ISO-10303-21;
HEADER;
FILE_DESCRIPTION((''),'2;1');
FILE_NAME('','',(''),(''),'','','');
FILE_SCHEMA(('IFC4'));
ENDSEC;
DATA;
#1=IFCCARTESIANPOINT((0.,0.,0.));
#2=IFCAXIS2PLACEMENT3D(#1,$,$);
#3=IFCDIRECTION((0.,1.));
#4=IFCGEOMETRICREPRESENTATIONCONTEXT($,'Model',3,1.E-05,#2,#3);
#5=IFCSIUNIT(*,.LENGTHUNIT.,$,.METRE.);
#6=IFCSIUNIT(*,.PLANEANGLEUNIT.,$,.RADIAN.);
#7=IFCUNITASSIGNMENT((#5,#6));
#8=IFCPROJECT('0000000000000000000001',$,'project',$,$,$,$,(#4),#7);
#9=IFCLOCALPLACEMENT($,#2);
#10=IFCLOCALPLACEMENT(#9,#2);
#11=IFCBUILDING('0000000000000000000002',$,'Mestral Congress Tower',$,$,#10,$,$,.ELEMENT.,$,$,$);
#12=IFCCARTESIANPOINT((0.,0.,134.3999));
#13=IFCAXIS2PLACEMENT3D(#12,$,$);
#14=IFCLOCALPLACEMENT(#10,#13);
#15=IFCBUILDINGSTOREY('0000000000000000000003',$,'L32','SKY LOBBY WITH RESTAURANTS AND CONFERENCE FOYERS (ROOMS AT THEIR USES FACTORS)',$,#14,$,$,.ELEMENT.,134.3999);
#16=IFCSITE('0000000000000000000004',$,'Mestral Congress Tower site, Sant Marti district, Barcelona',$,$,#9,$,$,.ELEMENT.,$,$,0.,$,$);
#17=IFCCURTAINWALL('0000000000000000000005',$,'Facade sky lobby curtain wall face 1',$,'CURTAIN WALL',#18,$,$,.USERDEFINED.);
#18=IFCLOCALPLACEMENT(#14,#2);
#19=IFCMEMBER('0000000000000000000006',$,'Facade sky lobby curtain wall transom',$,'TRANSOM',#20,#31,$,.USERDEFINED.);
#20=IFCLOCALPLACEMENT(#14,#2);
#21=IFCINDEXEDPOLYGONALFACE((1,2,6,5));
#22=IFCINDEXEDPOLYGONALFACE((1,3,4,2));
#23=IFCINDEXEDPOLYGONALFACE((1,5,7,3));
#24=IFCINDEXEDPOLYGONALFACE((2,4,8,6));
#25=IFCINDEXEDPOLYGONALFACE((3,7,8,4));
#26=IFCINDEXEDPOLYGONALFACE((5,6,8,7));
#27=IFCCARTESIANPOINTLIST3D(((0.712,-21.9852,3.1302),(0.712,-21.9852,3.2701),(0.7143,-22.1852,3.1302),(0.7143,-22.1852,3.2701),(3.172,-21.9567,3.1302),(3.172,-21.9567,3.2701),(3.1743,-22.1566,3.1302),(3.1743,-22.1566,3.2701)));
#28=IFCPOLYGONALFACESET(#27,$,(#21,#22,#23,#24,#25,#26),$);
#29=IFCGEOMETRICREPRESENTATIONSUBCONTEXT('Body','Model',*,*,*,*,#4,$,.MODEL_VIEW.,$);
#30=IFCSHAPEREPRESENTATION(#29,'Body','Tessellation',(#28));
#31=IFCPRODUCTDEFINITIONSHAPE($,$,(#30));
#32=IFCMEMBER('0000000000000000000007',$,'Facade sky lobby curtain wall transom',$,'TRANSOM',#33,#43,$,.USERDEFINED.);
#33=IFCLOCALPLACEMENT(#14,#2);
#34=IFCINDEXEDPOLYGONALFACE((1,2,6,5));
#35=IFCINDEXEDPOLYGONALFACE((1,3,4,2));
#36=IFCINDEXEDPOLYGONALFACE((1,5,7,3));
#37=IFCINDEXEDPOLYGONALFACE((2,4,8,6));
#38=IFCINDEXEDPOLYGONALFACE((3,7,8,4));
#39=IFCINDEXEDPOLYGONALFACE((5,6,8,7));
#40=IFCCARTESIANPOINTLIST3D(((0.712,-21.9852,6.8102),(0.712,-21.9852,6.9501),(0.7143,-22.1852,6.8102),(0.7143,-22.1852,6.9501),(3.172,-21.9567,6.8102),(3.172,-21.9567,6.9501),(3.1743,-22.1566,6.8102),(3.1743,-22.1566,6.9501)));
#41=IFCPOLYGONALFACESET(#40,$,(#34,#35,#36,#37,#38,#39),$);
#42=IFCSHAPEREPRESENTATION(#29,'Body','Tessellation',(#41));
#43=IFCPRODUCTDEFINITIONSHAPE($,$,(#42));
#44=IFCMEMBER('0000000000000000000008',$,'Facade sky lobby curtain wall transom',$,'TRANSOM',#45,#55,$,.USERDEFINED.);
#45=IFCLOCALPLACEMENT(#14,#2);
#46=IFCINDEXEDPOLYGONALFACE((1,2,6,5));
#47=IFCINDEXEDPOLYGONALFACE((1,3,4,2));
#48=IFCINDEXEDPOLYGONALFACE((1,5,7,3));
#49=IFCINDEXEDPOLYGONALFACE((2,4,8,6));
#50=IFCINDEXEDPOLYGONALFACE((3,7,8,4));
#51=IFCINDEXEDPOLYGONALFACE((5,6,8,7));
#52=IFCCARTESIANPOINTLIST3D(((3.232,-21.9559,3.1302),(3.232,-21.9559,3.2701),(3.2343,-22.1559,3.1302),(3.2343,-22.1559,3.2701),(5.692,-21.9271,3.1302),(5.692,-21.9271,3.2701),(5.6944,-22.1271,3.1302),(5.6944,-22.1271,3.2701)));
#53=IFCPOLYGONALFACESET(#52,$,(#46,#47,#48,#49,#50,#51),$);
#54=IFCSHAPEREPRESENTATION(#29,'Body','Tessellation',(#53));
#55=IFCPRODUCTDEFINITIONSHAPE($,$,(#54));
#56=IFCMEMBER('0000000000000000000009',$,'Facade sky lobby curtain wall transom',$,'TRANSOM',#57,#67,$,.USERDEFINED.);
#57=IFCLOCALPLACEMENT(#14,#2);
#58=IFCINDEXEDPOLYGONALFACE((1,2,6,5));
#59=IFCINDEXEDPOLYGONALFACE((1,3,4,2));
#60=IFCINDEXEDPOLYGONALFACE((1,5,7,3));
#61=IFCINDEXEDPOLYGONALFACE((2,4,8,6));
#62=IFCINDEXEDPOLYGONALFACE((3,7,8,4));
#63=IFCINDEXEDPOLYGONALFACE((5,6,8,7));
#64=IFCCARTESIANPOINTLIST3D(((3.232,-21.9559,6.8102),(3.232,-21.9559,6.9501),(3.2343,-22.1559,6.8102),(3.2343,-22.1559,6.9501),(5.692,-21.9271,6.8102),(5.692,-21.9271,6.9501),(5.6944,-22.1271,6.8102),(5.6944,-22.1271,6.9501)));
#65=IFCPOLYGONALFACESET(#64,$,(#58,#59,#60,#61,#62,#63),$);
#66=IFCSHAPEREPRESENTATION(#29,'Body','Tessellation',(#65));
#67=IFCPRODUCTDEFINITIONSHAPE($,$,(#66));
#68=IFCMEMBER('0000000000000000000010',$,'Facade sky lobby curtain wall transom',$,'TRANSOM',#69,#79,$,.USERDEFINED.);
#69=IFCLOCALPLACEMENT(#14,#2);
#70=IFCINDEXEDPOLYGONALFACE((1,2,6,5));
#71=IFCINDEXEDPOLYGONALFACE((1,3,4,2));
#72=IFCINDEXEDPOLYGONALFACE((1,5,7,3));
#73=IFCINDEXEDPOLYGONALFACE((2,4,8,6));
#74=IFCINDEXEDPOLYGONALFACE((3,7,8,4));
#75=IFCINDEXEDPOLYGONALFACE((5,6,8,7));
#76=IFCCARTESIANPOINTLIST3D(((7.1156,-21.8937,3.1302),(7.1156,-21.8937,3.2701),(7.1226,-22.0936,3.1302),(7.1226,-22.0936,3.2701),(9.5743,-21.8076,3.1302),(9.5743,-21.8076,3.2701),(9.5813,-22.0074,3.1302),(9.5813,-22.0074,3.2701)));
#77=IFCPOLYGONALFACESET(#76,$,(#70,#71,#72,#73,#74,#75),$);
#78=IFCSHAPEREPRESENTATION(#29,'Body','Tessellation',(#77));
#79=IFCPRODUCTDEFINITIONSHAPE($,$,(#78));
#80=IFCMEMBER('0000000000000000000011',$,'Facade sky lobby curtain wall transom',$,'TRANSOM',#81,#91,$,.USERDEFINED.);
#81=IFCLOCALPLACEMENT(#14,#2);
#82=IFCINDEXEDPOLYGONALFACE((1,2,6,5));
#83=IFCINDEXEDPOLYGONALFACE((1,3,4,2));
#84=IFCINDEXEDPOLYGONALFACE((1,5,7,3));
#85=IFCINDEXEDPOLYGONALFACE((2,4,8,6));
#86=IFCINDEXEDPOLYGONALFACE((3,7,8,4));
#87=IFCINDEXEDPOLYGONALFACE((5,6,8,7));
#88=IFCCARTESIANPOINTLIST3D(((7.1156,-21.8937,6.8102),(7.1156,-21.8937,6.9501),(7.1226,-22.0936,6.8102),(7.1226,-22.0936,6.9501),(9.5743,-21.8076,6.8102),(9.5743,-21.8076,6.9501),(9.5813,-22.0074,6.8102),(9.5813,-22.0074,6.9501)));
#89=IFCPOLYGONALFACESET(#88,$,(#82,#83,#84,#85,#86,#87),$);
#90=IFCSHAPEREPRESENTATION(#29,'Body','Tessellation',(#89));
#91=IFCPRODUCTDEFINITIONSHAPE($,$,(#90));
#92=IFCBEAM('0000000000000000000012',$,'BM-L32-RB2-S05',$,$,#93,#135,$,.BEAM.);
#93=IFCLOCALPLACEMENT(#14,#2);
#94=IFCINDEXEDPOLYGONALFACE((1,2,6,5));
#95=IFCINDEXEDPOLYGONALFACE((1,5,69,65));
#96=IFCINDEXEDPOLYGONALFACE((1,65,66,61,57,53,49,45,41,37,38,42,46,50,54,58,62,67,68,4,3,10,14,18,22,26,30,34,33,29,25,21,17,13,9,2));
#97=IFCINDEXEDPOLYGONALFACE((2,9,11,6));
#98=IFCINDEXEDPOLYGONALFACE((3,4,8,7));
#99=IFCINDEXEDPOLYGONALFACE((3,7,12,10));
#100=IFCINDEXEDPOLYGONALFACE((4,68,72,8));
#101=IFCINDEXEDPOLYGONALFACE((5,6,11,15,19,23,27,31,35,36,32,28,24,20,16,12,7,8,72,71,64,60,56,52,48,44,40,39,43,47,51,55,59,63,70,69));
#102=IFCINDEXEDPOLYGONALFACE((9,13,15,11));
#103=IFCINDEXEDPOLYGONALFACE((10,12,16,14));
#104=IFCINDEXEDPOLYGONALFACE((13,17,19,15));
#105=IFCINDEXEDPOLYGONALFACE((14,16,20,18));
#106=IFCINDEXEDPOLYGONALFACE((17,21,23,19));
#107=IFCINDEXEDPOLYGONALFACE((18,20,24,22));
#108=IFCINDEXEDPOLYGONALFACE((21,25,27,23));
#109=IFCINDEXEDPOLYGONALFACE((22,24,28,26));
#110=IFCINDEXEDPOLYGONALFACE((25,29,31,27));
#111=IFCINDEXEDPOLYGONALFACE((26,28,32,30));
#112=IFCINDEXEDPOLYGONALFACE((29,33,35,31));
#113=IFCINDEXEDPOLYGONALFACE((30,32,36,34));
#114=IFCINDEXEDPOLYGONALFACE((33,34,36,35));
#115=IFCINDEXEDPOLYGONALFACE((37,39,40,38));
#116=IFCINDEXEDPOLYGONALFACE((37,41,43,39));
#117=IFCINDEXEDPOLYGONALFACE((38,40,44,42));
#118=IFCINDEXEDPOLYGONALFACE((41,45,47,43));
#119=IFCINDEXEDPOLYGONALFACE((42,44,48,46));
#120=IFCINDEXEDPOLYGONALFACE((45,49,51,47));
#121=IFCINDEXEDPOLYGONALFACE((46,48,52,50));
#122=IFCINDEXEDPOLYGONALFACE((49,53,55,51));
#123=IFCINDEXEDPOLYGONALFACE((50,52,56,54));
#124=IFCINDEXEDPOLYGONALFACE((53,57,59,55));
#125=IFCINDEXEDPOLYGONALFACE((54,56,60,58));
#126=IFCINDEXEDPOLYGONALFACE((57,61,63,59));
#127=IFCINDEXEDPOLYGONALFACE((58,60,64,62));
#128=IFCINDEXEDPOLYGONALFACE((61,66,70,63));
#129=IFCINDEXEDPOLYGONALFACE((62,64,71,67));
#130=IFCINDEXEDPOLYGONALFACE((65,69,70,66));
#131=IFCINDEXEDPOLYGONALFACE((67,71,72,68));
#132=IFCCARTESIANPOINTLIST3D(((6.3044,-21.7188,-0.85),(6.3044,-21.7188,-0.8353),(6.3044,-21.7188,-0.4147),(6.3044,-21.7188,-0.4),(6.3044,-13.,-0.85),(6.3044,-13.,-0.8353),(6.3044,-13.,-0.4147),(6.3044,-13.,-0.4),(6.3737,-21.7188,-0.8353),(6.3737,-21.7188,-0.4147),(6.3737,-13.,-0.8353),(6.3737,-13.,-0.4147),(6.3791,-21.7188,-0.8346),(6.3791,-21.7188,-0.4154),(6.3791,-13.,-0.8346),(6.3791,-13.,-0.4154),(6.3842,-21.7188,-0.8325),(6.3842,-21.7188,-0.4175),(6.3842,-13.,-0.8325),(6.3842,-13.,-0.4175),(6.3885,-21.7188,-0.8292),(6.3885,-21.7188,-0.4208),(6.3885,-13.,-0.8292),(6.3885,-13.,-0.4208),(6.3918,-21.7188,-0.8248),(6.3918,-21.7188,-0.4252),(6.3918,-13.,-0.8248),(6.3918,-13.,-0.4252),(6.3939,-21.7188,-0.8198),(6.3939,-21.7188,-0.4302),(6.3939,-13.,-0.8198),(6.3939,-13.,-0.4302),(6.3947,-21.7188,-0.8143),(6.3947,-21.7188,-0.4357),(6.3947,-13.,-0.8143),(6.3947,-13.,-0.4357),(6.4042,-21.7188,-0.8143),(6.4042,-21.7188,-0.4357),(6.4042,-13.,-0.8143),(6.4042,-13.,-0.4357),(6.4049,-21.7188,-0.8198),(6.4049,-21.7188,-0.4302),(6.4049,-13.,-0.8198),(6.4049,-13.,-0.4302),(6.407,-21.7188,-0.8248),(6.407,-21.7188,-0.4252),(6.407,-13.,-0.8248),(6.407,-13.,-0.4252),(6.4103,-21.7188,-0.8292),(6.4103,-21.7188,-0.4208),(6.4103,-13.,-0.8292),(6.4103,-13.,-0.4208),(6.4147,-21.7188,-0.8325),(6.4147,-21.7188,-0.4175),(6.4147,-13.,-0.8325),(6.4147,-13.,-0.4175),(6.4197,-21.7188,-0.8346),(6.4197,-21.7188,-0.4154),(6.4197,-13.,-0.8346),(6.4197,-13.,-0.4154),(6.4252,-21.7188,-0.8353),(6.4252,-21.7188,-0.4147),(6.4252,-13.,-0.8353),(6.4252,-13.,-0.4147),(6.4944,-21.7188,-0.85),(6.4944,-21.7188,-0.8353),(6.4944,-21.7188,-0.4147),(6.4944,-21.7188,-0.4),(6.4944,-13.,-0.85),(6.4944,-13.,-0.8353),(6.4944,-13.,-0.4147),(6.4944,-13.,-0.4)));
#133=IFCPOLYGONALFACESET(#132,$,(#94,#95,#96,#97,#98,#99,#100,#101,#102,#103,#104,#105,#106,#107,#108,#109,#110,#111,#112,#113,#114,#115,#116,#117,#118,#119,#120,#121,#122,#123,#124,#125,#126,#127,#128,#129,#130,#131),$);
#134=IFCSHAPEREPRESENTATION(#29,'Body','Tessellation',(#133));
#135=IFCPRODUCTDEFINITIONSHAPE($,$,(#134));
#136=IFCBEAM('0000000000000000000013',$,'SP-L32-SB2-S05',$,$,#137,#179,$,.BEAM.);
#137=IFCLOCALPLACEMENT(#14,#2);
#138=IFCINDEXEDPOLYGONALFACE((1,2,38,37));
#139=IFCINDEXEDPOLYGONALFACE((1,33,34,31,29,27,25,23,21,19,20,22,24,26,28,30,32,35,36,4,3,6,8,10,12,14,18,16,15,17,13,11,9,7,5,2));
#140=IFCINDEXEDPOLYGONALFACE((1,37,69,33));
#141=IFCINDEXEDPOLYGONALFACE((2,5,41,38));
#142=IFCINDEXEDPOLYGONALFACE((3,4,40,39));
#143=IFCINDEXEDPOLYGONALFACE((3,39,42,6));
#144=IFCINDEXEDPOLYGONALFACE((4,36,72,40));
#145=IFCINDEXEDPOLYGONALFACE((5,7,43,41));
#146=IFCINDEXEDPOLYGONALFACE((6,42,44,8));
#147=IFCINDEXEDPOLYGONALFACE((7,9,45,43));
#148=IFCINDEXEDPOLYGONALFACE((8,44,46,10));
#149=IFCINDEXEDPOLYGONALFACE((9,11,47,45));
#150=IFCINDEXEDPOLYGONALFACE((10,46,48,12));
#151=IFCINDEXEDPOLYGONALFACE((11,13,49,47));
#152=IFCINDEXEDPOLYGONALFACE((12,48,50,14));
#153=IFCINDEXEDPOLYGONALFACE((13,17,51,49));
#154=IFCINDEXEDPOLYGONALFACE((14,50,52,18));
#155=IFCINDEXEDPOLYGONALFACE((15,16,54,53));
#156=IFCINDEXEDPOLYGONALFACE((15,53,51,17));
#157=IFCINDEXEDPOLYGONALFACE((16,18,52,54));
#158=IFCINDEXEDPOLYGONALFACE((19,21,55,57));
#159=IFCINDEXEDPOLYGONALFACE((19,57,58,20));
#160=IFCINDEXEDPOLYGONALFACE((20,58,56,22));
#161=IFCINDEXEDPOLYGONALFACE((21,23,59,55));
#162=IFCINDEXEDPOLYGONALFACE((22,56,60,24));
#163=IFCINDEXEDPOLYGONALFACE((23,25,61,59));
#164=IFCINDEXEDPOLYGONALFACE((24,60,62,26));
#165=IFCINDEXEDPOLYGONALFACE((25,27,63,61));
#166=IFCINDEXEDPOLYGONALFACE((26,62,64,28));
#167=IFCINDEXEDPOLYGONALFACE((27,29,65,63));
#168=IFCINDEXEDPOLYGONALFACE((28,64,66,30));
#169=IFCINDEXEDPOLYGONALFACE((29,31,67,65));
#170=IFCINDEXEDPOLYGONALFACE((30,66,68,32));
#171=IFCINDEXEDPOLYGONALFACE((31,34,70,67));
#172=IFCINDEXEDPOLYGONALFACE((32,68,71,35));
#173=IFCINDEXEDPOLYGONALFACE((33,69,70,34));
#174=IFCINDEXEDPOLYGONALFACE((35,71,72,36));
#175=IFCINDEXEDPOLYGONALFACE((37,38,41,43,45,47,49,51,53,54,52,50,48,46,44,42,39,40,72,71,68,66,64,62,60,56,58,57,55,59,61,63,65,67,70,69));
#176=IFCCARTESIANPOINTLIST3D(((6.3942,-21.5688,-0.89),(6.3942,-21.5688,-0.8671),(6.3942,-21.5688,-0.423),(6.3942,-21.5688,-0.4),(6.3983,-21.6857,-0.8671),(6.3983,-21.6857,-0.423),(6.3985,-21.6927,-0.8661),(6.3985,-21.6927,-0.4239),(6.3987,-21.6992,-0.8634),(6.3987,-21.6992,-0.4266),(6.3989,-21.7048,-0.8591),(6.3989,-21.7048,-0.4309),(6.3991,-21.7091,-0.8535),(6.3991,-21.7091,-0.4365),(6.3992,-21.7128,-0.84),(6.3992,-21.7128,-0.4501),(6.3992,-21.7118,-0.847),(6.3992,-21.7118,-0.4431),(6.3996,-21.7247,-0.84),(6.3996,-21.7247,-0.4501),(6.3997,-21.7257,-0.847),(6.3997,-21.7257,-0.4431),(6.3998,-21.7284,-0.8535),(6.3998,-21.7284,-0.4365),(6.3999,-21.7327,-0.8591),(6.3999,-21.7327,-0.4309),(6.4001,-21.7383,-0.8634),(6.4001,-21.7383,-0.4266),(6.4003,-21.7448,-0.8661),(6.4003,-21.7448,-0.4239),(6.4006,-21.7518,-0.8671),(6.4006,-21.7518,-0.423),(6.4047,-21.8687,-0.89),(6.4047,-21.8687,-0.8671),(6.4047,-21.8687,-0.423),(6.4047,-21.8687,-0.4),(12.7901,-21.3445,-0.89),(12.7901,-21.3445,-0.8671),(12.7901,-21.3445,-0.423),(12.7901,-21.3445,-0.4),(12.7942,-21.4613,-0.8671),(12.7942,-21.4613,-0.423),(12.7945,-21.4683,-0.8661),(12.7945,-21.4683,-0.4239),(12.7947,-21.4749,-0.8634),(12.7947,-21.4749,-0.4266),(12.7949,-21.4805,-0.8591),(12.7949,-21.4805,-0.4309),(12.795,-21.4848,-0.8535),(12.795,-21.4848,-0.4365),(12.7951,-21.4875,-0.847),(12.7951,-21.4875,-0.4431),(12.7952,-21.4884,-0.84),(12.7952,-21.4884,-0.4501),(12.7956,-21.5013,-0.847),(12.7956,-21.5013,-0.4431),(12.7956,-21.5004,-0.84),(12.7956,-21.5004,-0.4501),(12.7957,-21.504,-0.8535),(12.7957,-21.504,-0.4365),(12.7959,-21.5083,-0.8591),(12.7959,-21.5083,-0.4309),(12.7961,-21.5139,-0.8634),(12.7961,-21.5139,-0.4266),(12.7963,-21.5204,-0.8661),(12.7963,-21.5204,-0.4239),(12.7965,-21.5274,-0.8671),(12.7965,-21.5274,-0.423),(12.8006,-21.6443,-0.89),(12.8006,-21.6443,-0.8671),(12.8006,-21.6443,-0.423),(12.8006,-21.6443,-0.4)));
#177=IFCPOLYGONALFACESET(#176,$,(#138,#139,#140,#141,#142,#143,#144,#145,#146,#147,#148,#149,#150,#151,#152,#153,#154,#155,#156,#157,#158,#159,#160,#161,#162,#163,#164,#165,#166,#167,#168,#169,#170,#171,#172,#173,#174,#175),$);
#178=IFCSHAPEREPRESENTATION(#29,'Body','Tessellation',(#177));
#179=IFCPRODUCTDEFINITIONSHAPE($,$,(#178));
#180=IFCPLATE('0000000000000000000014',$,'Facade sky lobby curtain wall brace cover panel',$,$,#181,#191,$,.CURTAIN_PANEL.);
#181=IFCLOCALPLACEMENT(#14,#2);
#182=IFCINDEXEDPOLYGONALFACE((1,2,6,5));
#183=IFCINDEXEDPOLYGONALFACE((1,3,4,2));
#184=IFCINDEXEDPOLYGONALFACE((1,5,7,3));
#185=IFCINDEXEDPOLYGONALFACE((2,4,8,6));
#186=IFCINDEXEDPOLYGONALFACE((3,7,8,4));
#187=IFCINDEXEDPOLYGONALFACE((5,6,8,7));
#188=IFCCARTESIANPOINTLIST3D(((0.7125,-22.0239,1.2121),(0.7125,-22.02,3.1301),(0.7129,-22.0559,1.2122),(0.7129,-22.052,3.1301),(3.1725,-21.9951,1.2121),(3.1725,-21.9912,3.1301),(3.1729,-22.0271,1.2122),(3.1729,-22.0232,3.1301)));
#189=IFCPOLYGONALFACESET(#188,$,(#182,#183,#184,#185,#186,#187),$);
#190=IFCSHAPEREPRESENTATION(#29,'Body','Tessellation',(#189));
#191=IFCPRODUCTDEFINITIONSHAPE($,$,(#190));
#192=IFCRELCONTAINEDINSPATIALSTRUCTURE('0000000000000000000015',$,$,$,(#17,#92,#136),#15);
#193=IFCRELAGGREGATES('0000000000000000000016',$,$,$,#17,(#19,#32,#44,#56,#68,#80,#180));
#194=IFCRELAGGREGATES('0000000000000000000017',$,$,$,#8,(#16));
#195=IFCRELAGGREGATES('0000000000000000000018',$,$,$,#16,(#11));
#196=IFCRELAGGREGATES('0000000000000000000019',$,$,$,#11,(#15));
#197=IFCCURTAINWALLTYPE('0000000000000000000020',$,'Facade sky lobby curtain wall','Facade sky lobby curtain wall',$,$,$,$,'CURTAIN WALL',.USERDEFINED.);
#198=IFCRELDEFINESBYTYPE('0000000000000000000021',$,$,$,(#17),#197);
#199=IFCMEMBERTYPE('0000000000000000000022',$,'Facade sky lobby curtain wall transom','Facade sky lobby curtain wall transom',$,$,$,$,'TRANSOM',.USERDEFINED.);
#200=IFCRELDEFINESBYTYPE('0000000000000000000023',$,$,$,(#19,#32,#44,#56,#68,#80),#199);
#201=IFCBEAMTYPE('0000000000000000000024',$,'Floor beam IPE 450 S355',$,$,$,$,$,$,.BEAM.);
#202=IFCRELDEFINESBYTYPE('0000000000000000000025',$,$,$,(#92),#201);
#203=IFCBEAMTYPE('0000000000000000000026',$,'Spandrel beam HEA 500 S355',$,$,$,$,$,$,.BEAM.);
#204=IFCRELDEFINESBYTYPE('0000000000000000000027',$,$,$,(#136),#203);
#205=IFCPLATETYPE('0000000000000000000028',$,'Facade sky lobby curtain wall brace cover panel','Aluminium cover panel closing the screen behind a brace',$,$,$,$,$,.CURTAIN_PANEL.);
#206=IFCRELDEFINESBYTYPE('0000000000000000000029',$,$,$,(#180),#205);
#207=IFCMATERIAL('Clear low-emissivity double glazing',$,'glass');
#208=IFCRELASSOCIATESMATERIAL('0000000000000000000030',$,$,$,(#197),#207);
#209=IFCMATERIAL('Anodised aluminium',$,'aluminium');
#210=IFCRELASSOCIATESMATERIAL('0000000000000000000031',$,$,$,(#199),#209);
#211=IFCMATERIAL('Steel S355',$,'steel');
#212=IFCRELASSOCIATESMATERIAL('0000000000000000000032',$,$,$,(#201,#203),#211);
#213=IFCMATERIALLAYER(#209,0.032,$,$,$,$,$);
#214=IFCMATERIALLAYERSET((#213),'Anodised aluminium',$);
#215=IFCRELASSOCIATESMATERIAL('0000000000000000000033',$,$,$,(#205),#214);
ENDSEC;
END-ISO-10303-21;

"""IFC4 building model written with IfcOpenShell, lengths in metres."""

from ifc_helpers import new_model, si_unit, direction, frame, origin, origin_2d, place, context, subcontext, project, spatial, polyline, rectangle, i_section, outline, extrude, material, layer, layer_set, material_profile, profile_set, type_object, element, aggregate, save


model = new_model("IFC4")

# Units and contexts
model_context = context("Model", 3, precision=1e-05, world=origin(), true_north=direction((0.0, 1.0)))
body_context = subcontext(model_context, "Body", "Model", "MODEL_VIEW")
ifc_project = project(units=[si_unit("LENGTHUNIT", "METRE"), si_unit("PLANEANGLEUNIT", "RADIAN")], contexts=[model_context])

# Site, building, storey
site_placement = place(None, origin())
site = spatial("IfcSite", under=ifc_project, at=site_placement, Name="Mestral Congress Tower site, Sant Marti district, Barcelona", CompositionType="ELEMENT", RefElevation=0.0)
building_placement = place(site_placement, origin())
building = spatial("IfcBuilding", under=site, at=building_placement, Name="Mestral Congress Tower", CompositionType="ELEMENT")
storey_placement = place(building_placement, frame((0.0, 0.0, 134.3999)))
storey = spatial("IfcBuildingStorey", under=building, at=storey_placement, Name="L32", Description="SKY LOBBY WITH RESTAURANTS AND CONFERENCE FOYERS (ROOMS AT THEIR USES FACTORS)", CompositionType="ELEMENT", Elevation=134.3999)

# Shared definitions
ifc_material_1 = material(Name="Steel S355", Category="steel")

# Curtain wall, members
ifc_material_2 = material(Name="Clear low-emissivity double glazing", Category="glass")
curtain_wall_type = type_object("IfcCurtainWallType", Name="Facade sky lobby curtain wall", Description="Facade sky lobby curtain wall", ElementType="CURTAIN WALL", PredefinedType="USERDEFINED", material=ifc_material_2)
curtain_wall_placement = place(storey_placement, origin())
curtain_wall = element("IfcCurtainWall", 1, at=curtain_wall_placement, inside=storey, type_object=curtain_wall_type, Name="Facade sky lobby curtain wall face 1", ObjectType="CURTAIN WALL", PredefinedType="USERDEFINED")
ifc_material_3 = material(Name="Anodised aluminium", Category="aluminium")
ifc_material_profile_1 = material_profile(ifc_material_3, rectangle(XDim=0.2, YDim=0.1399, at=origin_2d()), Name="CW1 transom 200 x 140")
ifc_profile_set_1 = profile_set([ifc_material_profile_1], Name="Anodised aluminium")
member_type_1 = type_object("IfcMemberType", Name="Facade sky lobby curtain wall transom", Description="Facade sky lobby curtain wall transom", ElementType="TRANSOM", PredefinedType="USERDEFINED", material=ifc_profile_set_1)
member_1_placement = place(storey_placement, frame((0.7131, -22.0852, 3.2002), z_axis=(0.999933, 0.011611, 0.0), x_axis=(-0.011611, 0.999933, 0.0)))
member_1 = element("IfcMember", 2, at=member_1_placement, type_object=member_type_1, Name="Facade sky lobby curtain wall transom", ObjectType="TRANSOM", PredefinedType="USERDEFINED", context=body_context, shape_type="SweptSolid", body=[
    extrude(rectangle(XDim=0.2, YDim=0.1399, at=origin_2d()), origin(), (0.0, 0.0, 1.0), 2.4602),
])
member_2_placement = place(storey_placement, frame((0.7131, -22.0852, 6.8801), z_axis=(0.999933, 0.011611, 0.0), x_axis=(-0.011611, 0.999933, 0.0)))
member_2 = element("IfcMember", 3, at=member_2_placement, type_object=member_type_1, Name="Facade sky lobby curtain wall transom", ObjectType="TRANSOM", PredefinedType="USERDEFINED", context=body_context, shape_type="SweptSolid", body=[
    extrude(rectangle(XDim=0.2, YDim=0.1399, at=origin_2d()), origin(), (0.0, 0.0, 1.0), 2.4602),
])
member_3_placement = place(storey_placement, frame((3.2332, -22.0559, 3.2002), z_axis=(0.999931, 0.01171, 0.0), x_axis=(-0.01171, 0.999931, 0.0)))
member_3 = element("IfcMember", 4, at=member_3_placement, type_object=member_type_1, Name="Facade sky lobby curtain wall transom", ObjectType="TRANSOM", PredefinedType="USERDEFINED", context=body_context, shape_type="SweptSolid", body=[
    extrude(rectangle(XDim=0.2, YDim=0.1399, at=origin_2d()), origin(), (0.0, 0.0, 1.0), 2.4602),
])
member_4_placement = place(storey_placement, frame((3.2332, -22.0559, 6.8801), z_axis=(0.999931, 0.01171, 0.0), x_axis=(-0.01171, 0.999931, 0.0)))
member_4 = element("IfcMember", 5, at=member_4_placement, type_object=member_type_1, Name="Facade sky lobby curtain wall transom", ObjectType="TRANSOM", PredefinedType="USERDEFINED", context=body_context, shape_type="SweptSolid", body=[
    extrude(rectangle(XDim=0.2, YDim=0.1399, at=origin_2d()), origin(), (0.0, 0.0, 1.0), 2.4602),
])
member_5_placement = place(storey_placement, frame((7.1191, -21.9937, 3.2002), z_axis=(0.999386, 0.03503, 0.0), x_axis=(-0.03503, 0.999386, 0.0)))
member_5 = element("IfcMember", 6, at=member_5_placement, type_object=member_type_1, Name="Facade sky lobby curtain wall transom", ObjectType="TRANSOM", PredefinedType="USERDEFINED", context=body_context, shape_type="SweptSolid", body=[
    extrude(rectangle(XDim=0.2, YDim=0.1399, at=origin_2d()), origin(), (0.0, 0.0, 1.0), 2.4602),
])
member_6_placement = place(storey_placement, frame((7.1191, -21.9937, 6.8801), z_axis=(0.999386, 0.03503, 0.0), x_axis=(-0.03503, 0.999386, 0.0)))
member_6 = element("IfcMember", 7, at=member_6_placement, type_object=member_type_1, Name="Facade sky lobby curtain wall transom", ObjectType="TRANSOM", PredefinedType="USERDEFINED", context=body_context, shape_type="SweptSolid", body=[
    extrude(rectangle(XDim=0.2, YDim=0.1399, at=origin_2d()), origin(), (0.0, 0.0, 1.0), 2.4602),
])

# Beams
ifc_material_profile_2 = material_profile(ifc_material_1, i_section(OverallWidth=0.1899, OverallDepth=0.45, WebThickness=0.0095, FlangeThickness=0.0146, FilletRadius=0.021, at=origin_2d()), Name="IPE 450")
ifc_profile_set_2 = profile_set([ifc_material_profile_2], Name="Steel S355")
beam_type_1 = type_object("IfcBeamType", Name="Floor beam IPE 450 S355", PredefinedType="BEAM", material=ifc_profile_set_2)
beam_1_placement = place(storey_placement, frame((6.3994, -21.7188, -0.625), z_axis=(0.0, 1.0, 0.0), x_axis=(-1.0, 0.0, 0.0)))
element("IfcBeam", 8, at=beam_1_placement, inside=storey, type_object=beam_type_1, Name="BM-L32-RB2-S05", PredefinedType="BEAM", context=body_context, shape_type="SweptSolid", body=[
    extrude(i_section(OverallWidth=0.1899, OverallDepth=0.45, WebThickness=0.0095, FlangeThickness=0.0146, FilletRadius=0.021, at=origin_2d()), origin(), (0.0, 0.0, 1.0), 8.7188),
])
ifc_material_profile_3 = material_profile(ifc_material_1, i_section(OverallWidth=0.3, OverallDepth=0.49, WebThickness=0.012, FlangeThickness=0.0229, FilletRadius=0.0271, at=origin_2d()), Name="HEA 500")
ifc_profile_set_3 = profile_set([ifc_material_profile_3], Name="Steel S355")
beam_type_2 = type_object("IfcBeamType", Name="Spandrel beam HEA 500 S355", PredefinedType="BEAM", material=ifc_profile_set_3)
beam_2_placement = place(storey_placement, frame((6.3994, -21.7188, -0.645), z_axis=(0.999385, 0.035057, 0.0), x_axis=(-0.035057, 0.999385, 0.0)))
element("IfcBeam", 9, at=beam_2_placement, inside=storey, type_object=beam_type_2, Name="SP-L32-SB2-S05", PredefinedType="BEAM", context=body_context, shape_type="SweptSolid", body=[
    extrude(i_section(OverallWidth=0.3, OverallDepth=0.49, WebThickness=0.012, FlangeThickness=0.0229, FilletRadius=0.0271, at=origin_2d()), origin(), (0.0, 0.0, 1.0), 6.3999),
])

# Plate
ifc_layer_1 = layer(ifc_material_3, 0.032)
ifc_layer_set_1 = layer_set([ifc_layer_1], Name="Anodised aluminium")
plate_type_1 = type_object("IfcPlateType", Name="Facade sky lobby curtain wall brace cover panel", Description="Aluminium cover panel closing the screen behind a brace", PredefinedType="CURTAIN_PANEL", material=ifc_layer_set_1)
plate_1_placement = place(storey_placement, frame((3.1729, -22.0232, 3.1301), z_axis=(0.01171, -0.999929, 0.002037), x_axis=(0.0, -0.002037, -0.999998)))
plate_1 = element("IfcPlate", 10, at=plate_1_placement, type_object=plate_type_1, Name="Facade sky lobby curtain wall brace cover panel", PredefinedType="CURTAIN_PANEL", context=body_context, shape_type="SweptSolid", body=[
    extrude(outline(polyline([(0.0, 0.0), (1.918, 0.0), (1.918, -2.4601), (0.0001, -2.4601), (0.0, 0.0)])), origin(), (0.0, 0.0, -1.0), 0.032),
])
aggregate(curtain_wall, [member_1, member_2, member_3, member_4, member_5, member_6, plate_1])

save(model, "model.ifc")
